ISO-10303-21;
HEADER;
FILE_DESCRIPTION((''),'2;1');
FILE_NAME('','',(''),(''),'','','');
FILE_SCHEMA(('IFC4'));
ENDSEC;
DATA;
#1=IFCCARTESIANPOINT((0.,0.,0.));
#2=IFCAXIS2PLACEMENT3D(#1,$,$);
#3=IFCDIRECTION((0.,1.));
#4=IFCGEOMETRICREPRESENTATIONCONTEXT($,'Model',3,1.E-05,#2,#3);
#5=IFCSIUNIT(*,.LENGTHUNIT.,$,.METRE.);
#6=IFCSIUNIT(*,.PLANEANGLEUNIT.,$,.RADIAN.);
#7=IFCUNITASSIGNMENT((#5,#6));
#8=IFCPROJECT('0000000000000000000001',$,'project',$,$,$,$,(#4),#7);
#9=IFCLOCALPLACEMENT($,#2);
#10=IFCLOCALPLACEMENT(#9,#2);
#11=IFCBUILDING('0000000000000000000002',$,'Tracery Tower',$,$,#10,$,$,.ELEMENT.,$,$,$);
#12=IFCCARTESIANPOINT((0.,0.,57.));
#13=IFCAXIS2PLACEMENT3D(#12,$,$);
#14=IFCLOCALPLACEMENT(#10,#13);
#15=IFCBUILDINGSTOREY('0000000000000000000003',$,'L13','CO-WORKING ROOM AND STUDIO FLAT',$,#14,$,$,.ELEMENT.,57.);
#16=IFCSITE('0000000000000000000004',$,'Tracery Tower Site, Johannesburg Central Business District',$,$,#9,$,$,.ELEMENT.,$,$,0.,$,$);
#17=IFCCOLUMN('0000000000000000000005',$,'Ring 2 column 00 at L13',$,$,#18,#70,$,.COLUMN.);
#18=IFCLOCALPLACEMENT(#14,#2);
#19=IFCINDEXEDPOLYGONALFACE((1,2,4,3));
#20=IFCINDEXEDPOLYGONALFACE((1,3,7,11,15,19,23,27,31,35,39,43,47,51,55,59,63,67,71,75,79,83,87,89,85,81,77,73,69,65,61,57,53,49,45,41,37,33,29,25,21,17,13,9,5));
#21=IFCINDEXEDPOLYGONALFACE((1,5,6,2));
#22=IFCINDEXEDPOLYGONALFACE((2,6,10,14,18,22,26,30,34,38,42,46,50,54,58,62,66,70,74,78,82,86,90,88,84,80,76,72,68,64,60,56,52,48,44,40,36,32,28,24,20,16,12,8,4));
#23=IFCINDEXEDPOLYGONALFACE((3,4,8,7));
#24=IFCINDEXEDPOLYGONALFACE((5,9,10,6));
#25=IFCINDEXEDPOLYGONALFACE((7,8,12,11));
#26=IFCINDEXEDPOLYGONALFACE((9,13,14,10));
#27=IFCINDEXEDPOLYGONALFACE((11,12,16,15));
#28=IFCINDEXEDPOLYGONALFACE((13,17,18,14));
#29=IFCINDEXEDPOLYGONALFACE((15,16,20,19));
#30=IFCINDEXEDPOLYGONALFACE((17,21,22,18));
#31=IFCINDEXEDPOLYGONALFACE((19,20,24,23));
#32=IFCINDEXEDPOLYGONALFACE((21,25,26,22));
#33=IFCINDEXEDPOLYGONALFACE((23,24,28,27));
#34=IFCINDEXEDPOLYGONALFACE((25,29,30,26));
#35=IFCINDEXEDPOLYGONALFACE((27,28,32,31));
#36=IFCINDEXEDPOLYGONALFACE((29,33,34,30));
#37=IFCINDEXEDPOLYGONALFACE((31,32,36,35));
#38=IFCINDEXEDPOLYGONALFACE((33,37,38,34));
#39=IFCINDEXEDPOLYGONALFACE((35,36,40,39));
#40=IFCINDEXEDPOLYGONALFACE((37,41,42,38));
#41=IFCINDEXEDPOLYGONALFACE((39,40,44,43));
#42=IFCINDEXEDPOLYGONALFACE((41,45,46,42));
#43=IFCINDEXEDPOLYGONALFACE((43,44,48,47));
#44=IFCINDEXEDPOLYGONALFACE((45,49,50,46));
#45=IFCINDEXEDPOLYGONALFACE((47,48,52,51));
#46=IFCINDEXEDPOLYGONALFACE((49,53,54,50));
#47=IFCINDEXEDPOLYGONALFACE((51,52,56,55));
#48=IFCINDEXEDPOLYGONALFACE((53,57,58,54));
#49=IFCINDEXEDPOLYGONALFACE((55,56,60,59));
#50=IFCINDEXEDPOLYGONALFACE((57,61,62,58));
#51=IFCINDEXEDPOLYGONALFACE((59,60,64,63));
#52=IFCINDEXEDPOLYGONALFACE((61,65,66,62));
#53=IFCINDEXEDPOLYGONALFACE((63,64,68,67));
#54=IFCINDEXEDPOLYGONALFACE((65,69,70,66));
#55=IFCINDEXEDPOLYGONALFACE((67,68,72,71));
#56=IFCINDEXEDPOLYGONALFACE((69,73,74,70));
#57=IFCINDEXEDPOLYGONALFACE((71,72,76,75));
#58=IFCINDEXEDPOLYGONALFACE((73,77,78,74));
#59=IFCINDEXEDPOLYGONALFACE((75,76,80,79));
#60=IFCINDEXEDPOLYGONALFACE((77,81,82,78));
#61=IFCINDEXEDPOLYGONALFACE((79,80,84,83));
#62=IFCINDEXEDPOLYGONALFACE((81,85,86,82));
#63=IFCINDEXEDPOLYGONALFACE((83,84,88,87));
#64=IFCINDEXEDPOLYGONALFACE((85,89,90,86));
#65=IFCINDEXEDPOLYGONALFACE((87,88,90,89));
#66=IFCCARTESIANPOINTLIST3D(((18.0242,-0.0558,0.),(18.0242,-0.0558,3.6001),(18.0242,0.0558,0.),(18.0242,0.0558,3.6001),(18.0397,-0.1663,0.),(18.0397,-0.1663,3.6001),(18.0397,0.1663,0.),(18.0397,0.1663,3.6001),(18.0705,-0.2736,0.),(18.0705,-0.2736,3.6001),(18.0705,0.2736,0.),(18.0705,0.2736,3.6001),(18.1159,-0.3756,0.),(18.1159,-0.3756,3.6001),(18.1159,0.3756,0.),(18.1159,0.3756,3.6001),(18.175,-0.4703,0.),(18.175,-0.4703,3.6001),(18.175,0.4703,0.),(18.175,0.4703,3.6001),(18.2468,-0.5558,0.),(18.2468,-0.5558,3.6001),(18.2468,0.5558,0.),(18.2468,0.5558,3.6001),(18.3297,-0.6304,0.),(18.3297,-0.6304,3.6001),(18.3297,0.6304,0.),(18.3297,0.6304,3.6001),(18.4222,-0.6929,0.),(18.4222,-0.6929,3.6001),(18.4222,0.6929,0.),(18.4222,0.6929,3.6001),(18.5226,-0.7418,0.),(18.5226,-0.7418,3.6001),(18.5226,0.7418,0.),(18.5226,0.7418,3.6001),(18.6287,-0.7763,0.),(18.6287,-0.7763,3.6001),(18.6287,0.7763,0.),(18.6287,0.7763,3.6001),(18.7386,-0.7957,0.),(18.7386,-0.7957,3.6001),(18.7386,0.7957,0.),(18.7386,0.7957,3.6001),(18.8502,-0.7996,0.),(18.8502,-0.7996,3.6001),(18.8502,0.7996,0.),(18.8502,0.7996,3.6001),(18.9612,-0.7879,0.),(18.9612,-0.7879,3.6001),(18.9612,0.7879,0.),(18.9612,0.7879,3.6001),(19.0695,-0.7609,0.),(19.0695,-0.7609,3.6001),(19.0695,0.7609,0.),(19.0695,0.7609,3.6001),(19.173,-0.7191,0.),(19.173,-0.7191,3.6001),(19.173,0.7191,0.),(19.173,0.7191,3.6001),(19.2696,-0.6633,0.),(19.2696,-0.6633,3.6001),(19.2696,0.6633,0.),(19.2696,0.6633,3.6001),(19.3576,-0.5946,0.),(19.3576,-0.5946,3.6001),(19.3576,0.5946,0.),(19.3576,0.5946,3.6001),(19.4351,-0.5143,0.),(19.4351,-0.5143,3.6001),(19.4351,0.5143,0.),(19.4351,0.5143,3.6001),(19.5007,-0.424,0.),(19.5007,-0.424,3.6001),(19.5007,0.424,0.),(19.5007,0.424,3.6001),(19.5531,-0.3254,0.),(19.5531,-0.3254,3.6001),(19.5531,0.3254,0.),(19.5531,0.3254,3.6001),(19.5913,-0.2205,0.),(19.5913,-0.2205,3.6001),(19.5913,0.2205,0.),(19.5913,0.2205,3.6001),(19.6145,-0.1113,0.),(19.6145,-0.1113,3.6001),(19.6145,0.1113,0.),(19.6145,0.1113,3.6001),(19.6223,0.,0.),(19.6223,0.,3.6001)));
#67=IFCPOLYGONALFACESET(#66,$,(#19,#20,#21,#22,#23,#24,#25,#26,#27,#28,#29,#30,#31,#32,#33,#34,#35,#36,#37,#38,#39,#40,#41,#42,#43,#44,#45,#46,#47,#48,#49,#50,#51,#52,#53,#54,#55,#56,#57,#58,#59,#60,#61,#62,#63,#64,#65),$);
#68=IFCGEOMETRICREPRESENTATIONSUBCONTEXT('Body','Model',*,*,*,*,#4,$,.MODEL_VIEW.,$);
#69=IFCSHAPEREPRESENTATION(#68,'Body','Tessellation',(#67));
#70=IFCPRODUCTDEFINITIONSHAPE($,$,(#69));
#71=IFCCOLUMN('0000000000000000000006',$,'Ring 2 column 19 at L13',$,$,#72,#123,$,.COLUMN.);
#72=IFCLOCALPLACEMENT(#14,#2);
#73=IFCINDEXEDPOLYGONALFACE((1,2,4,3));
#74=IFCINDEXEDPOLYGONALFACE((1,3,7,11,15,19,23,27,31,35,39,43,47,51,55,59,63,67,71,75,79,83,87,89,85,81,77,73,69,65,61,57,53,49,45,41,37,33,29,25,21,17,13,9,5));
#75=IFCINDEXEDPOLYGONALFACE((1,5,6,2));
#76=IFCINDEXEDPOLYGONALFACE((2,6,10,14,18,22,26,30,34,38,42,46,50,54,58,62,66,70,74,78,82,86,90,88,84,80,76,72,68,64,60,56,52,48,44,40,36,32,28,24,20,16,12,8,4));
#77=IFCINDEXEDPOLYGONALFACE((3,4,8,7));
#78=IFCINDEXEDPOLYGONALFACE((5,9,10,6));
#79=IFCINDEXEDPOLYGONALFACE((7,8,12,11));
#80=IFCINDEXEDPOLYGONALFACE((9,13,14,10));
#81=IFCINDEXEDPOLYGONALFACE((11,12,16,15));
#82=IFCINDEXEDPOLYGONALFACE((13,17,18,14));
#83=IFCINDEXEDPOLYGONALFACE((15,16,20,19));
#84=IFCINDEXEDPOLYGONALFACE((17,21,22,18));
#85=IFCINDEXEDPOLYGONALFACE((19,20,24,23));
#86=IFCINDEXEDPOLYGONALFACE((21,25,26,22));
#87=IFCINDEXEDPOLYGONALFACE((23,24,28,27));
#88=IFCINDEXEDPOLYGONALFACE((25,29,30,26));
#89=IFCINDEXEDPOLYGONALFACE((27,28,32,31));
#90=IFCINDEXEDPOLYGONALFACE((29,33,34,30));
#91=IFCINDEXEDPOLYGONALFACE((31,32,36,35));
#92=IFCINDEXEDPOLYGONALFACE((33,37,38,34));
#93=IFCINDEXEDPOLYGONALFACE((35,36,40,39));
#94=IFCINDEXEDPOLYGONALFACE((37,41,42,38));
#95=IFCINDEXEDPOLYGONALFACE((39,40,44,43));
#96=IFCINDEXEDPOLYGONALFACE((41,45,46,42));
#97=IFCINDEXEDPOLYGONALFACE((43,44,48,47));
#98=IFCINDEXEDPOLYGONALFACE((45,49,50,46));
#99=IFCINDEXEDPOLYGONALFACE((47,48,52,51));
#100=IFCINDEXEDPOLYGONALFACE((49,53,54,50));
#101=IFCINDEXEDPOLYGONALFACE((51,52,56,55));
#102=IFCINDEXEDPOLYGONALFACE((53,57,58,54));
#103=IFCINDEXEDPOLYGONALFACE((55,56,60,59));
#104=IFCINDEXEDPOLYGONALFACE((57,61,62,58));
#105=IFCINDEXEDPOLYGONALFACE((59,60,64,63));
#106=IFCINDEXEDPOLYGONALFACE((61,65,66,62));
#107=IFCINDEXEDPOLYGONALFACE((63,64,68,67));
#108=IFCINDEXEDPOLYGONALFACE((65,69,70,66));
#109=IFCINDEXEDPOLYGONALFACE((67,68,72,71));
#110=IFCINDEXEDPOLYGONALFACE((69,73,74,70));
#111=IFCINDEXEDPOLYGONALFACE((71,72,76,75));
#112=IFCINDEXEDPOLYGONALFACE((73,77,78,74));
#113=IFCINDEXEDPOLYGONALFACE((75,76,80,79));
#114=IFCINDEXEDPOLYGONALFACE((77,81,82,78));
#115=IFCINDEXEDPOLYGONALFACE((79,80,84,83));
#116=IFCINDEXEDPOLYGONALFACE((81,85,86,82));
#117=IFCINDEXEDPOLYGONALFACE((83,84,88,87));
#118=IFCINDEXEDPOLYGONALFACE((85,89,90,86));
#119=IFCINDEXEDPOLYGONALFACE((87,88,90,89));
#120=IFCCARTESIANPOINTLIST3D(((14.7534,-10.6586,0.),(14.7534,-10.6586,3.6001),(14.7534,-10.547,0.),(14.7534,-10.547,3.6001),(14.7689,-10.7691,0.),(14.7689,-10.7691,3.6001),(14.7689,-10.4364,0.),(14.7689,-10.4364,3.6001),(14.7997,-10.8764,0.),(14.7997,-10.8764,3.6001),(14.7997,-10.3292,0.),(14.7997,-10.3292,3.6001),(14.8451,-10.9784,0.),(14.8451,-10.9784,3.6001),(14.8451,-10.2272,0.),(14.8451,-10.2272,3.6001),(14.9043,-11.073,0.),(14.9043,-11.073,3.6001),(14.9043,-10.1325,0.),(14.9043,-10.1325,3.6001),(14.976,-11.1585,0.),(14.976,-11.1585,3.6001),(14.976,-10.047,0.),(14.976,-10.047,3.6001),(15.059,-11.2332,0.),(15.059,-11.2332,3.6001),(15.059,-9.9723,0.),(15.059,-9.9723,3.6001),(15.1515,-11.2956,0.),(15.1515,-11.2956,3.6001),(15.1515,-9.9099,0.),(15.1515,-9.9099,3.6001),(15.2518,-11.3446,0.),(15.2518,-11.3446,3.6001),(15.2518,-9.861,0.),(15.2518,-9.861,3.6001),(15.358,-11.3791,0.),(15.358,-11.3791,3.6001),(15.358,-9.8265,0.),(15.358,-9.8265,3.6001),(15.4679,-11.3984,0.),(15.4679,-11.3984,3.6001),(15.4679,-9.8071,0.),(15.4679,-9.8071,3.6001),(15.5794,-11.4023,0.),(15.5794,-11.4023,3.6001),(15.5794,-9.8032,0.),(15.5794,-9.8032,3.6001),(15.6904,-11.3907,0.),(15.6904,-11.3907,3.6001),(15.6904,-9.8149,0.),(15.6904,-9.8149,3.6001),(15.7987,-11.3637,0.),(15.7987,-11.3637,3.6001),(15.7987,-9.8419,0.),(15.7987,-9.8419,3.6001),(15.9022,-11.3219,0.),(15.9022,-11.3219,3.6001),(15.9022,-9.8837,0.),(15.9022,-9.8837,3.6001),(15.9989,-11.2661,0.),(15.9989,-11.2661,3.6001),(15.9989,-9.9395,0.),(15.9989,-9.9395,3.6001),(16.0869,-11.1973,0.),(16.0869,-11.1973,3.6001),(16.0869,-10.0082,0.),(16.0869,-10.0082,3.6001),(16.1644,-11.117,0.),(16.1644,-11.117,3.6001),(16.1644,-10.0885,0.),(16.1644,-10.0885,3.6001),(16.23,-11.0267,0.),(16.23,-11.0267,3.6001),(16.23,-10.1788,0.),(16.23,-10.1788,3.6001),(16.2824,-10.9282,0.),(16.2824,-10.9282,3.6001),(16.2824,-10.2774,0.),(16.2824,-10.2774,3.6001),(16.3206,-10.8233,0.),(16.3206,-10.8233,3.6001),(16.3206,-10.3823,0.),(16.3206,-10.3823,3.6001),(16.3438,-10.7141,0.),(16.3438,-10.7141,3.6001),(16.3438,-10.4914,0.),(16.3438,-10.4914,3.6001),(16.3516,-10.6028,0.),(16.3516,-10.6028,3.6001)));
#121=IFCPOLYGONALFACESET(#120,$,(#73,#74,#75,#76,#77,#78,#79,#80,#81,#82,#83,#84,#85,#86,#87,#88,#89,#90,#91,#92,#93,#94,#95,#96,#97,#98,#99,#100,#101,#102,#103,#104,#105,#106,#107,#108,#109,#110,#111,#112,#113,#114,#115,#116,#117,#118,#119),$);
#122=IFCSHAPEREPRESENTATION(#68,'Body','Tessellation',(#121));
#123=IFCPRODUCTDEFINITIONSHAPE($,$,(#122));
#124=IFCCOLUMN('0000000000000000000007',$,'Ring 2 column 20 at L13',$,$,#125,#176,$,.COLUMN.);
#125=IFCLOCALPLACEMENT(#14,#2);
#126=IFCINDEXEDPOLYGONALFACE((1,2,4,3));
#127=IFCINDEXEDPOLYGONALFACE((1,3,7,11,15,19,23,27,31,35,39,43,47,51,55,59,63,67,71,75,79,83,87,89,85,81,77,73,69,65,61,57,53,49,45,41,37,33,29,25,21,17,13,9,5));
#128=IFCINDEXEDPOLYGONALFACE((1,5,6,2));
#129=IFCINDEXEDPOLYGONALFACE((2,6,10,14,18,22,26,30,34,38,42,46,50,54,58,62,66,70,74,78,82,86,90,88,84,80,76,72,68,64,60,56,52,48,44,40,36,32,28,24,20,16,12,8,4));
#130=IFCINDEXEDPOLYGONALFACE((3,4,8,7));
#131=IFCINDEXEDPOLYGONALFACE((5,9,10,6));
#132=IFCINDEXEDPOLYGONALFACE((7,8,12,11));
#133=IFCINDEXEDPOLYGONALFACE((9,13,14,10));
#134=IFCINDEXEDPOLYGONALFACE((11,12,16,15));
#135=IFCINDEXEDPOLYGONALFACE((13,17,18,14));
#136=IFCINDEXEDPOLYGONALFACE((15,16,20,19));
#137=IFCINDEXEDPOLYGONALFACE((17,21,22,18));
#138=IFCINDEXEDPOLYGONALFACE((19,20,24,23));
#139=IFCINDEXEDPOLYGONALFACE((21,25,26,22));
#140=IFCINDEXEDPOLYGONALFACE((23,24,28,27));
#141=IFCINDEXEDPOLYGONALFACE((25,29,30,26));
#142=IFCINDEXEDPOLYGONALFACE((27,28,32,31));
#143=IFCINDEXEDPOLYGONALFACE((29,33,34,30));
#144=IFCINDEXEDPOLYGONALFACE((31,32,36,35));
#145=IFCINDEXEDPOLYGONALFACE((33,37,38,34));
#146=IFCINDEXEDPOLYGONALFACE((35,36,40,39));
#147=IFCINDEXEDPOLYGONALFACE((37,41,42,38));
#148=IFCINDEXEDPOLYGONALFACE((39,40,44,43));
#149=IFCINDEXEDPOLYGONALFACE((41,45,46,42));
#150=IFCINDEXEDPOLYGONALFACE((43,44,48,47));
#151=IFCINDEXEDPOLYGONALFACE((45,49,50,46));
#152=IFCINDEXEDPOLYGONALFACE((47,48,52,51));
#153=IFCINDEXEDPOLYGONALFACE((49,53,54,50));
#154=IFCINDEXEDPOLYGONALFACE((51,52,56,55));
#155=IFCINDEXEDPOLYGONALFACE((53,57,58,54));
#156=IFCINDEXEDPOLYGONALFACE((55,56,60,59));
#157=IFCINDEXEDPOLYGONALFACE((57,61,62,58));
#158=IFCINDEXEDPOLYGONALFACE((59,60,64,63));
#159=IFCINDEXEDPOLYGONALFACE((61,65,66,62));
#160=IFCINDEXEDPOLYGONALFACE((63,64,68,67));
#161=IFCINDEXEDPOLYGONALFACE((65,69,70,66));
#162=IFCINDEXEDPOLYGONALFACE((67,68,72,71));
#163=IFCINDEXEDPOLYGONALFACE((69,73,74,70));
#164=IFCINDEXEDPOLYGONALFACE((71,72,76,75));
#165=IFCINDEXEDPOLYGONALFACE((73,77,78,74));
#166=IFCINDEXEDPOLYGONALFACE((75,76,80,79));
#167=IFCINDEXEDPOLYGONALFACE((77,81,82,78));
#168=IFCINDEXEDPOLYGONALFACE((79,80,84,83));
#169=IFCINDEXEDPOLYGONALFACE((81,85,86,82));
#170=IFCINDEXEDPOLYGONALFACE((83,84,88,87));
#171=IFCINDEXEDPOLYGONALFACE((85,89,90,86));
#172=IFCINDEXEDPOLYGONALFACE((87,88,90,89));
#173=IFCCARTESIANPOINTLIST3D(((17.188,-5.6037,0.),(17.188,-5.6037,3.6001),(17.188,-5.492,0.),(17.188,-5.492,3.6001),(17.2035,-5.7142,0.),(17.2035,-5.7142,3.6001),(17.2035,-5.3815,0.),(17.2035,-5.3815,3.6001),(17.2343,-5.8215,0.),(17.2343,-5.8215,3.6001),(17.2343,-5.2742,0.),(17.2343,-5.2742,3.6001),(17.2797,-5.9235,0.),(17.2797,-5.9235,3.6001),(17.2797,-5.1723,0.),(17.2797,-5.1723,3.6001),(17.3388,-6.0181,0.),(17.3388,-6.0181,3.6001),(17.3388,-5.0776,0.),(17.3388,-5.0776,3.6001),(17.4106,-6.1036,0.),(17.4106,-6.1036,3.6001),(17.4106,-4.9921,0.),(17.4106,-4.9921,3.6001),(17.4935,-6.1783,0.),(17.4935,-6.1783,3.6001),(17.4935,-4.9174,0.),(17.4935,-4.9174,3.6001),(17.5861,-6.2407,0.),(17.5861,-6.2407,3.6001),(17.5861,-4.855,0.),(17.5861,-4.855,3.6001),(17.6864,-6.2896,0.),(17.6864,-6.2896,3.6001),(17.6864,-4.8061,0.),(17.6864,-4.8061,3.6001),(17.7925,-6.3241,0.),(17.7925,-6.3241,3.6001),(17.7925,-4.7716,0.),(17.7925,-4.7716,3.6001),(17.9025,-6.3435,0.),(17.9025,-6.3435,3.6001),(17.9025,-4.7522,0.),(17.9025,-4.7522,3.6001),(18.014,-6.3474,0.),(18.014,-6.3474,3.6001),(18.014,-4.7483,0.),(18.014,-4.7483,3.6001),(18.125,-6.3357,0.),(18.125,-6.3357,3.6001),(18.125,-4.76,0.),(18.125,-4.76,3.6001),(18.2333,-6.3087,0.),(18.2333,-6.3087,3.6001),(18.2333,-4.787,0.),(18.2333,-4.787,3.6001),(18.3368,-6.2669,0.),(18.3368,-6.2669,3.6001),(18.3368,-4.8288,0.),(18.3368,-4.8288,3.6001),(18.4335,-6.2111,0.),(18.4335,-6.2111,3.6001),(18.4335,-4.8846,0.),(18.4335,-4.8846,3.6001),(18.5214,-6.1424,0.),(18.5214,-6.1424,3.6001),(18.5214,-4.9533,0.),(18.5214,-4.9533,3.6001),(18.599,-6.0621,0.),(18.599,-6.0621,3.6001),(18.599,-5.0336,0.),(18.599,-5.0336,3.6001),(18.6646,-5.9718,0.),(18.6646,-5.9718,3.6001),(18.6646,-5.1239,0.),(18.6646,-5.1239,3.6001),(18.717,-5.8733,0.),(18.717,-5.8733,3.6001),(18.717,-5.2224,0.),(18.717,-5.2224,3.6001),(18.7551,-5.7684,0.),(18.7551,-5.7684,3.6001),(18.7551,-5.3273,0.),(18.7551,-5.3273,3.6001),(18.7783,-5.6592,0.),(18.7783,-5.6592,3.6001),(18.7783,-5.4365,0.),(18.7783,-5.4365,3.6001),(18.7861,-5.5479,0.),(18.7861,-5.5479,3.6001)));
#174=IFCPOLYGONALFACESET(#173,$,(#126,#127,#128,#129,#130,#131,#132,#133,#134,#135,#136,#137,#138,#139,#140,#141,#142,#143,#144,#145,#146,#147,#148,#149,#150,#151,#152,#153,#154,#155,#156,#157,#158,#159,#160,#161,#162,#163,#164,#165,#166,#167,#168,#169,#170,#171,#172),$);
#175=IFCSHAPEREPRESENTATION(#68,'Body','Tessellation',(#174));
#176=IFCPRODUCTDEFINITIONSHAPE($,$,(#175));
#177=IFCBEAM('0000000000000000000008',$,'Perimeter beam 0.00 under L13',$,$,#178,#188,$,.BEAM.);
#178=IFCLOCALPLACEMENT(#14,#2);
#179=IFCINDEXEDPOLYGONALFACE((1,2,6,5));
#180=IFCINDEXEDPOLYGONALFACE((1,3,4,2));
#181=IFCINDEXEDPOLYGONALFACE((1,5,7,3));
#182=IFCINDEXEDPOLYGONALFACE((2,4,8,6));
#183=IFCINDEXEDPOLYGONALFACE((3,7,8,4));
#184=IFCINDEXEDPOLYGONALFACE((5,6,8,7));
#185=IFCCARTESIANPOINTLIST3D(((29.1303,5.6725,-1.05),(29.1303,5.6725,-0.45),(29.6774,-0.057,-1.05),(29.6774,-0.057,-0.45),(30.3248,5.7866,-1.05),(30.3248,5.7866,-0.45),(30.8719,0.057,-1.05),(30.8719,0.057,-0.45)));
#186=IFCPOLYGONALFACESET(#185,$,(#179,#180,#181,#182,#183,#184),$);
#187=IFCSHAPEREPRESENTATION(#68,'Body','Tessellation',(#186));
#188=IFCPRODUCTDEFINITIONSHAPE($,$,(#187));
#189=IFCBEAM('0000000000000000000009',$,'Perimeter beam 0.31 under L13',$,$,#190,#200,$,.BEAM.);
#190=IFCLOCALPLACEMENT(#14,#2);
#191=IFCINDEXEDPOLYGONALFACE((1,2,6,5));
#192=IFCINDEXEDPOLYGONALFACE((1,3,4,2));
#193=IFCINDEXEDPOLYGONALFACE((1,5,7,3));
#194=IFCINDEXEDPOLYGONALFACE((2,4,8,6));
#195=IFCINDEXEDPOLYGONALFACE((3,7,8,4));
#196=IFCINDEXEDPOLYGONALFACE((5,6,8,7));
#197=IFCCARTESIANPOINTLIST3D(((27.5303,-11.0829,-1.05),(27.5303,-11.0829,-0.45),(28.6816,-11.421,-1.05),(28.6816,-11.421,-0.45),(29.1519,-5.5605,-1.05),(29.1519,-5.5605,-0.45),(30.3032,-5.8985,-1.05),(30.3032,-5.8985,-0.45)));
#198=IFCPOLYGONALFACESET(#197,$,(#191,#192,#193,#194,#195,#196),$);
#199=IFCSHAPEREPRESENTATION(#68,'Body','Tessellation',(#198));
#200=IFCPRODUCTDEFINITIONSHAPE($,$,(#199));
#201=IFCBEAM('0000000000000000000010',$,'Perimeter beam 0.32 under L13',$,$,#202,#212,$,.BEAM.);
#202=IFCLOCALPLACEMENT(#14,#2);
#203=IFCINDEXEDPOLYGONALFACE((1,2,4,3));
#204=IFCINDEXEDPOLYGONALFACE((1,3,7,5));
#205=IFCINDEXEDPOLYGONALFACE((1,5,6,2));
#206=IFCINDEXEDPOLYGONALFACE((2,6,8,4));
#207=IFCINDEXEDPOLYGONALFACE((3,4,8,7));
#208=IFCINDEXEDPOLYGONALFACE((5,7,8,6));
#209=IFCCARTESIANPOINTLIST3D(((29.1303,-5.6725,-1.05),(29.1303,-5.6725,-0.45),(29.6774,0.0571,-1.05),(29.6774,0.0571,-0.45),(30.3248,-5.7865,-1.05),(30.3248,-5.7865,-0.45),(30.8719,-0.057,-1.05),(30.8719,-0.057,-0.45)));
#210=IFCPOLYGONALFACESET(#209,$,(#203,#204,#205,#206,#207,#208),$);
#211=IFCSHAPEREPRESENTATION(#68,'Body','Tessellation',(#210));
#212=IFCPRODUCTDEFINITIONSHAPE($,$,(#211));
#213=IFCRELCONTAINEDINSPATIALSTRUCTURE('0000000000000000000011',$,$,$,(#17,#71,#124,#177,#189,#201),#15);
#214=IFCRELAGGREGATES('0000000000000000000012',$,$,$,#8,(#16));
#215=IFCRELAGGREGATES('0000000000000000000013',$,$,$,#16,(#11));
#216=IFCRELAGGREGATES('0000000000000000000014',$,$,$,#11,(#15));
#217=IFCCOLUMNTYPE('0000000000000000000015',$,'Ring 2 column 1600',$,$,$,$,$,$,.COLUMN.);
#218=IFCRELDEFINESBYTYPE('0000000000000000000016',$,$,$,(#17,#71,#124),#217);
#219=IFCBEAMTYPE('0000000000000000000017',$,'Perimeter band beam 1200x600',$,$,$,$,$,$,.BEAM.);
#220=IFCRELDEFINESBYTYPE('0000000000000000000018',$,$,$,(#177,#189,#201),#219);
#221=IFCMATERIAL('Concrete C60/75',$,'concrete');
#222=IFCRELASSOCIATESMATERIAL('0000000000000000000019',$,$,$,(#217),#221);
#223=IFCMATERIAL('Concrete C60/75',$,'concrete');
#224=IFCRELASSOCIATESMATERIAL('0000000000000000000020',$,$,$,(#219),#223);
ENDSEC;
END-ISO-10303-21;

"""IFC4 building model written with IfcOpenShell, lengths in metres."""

from ifc_helpers import new_model, si_unit, direction, frame, origin, origin_2d, place, context, subcontext, project, spatial, rectangle, circle, extrude, material, material_profile, profile_set, type_object, element, save


model = new_model("IFC4")

# Units and contexts
model_context = context("Model", 3, precision=1e-05, world=origin(), true_north=direction((0.0, 1.0)))
body_context = subcontext(model_context, "Body", "Model", "MODEL_VIEW")
ifc_project = project(units=[si_unit("LENGTHUNIT", "METRE"), si_unit("PLANEANGLEUNIT", "RADIAN")], contexts=[model_context])

# Site, building, storey
site_placement = place(None, origin())
site = spatial("IfcSite", under=ifc_project, at=site_placement, Name="Tracery Tower Site, Johannesburg Central Business District", CompositionType="ELEMENT", RefElevation=0.0)
building_placement = place(site_placement, origin())
building = spatial("IfcBuilding", under=site, at=building_placement, Name="Tracery Tower", CompositionType="ELEMENT")
storey_placement = place(building_placement, frame((0.0, 0.0, 57.0)))
storey = spatial("IfcBuildingStorey", under=building, at=storey_placement, Name="L13", Description="CO-WORKING ROOM AND STUDIO FLAT", CompositionType="ELEMENT", Elevation=57.0)

# Columns
ifc_material_1 = material(Name="Concrete C60/75", Category="concrete")
ifc_material_profile_1 = material_profile(ifc_material_1, circle(Radius=0.8, at=origin_2d()), Name="RC D1600")
ifc_profile_set_1 = profile_set([ifc_material_profile_1], Name="Concrete C60/75")
column_type_1 = type_object("IfcColumnType", Name="Ring 2 column 1600", PredefinedType="COLUMN", material=ifc_profile_set_1)
for number, where, z_axis, x_axis, name in (
    (1, (18.8223, 0.0, 0.0), (0.0, 0.0, 1.0), (1.0, 0.0, 0.0), "Ring 2 column 00 at L13"),
    (2, (15.5515, -10.6028, 0.0), (0.0, 0.0, 1.0), (1.0, 0.0, 0.0), "Ring 2 column 19 at L13"),
    (3, (17.9861, -5.5479, 0.0), (0.0, 0.0, 1.0), (1.0, 0.0, 0.0), "Ring 2 column 20 at L13"),
):
    element("IfcColumn", number, at=place(storey_placement, frame(where, z_axis=z_axis, x_axis=x_axis)), inside=storey, type_object=column_type_1, Name=name, PredefinedType="COLUMN", context=body_context, shape_type="SweptSolid", body=[
        extrude(circle(Radius=0.8, at=origin_2d()), origin(), (0.0, 0.0, 1.0), 3.6001),
    ])

# Beams
ifc_material_2 = material(Name="Concrete C60/75", Category="concrete")
ifc_material_profile_2 = material_profile(ifc_material_2, rectangle(XDim=1.2, YDim=0.6001, at=origin_2d()), Name="RC 1200x600")
ifc_profile_set_2 = profile_set([ifc_material_profile_2], Name="Concrete C60/75")
beam_type = type_object("IfcBeamType", Name="Perimeter band beam 1200x600", PredefinedType="BEAM", material=ifc_profile_set_2)
for number, where, z_axis, x_axis, name in (
    (4, (30.2747, 0.0, -0.75), (-0.095059, 0.995472, 0.0), (-0.995472, -0.095059, 0.0), "Perimeter beam 0.00 under L13"),
    (5, (28.106, -11.252, -0.75), (0.281739, 0.959491, 0.0), (-0.959491, 0.281739, 0.0), "Perimeter beam 0.31 under L13"),
    (6, (29.7275, -5.7295, -0.75), (0.095059, 0.995472, 0.0), (-0.995472, 0.095059, 0.0), "Perimeter beam 0.32 under L13"),
):
    element("IfcBeam", number, at=place(storey_placement, frame(where, z_axis=z_axis, x_axis=x_axis)), inside=storey, type_object=beam_type, Name=name, PredefinedType="BEAM", context=body_context, shape_type="SweptSolid", body=[
        extrude(rectangle(XDim=1.2, YDim=0.6001, at=origin_2d()), origin(), (0.0, 0.0, 1.0), 5.7556),
    ])

save(model, "model.ifc")
